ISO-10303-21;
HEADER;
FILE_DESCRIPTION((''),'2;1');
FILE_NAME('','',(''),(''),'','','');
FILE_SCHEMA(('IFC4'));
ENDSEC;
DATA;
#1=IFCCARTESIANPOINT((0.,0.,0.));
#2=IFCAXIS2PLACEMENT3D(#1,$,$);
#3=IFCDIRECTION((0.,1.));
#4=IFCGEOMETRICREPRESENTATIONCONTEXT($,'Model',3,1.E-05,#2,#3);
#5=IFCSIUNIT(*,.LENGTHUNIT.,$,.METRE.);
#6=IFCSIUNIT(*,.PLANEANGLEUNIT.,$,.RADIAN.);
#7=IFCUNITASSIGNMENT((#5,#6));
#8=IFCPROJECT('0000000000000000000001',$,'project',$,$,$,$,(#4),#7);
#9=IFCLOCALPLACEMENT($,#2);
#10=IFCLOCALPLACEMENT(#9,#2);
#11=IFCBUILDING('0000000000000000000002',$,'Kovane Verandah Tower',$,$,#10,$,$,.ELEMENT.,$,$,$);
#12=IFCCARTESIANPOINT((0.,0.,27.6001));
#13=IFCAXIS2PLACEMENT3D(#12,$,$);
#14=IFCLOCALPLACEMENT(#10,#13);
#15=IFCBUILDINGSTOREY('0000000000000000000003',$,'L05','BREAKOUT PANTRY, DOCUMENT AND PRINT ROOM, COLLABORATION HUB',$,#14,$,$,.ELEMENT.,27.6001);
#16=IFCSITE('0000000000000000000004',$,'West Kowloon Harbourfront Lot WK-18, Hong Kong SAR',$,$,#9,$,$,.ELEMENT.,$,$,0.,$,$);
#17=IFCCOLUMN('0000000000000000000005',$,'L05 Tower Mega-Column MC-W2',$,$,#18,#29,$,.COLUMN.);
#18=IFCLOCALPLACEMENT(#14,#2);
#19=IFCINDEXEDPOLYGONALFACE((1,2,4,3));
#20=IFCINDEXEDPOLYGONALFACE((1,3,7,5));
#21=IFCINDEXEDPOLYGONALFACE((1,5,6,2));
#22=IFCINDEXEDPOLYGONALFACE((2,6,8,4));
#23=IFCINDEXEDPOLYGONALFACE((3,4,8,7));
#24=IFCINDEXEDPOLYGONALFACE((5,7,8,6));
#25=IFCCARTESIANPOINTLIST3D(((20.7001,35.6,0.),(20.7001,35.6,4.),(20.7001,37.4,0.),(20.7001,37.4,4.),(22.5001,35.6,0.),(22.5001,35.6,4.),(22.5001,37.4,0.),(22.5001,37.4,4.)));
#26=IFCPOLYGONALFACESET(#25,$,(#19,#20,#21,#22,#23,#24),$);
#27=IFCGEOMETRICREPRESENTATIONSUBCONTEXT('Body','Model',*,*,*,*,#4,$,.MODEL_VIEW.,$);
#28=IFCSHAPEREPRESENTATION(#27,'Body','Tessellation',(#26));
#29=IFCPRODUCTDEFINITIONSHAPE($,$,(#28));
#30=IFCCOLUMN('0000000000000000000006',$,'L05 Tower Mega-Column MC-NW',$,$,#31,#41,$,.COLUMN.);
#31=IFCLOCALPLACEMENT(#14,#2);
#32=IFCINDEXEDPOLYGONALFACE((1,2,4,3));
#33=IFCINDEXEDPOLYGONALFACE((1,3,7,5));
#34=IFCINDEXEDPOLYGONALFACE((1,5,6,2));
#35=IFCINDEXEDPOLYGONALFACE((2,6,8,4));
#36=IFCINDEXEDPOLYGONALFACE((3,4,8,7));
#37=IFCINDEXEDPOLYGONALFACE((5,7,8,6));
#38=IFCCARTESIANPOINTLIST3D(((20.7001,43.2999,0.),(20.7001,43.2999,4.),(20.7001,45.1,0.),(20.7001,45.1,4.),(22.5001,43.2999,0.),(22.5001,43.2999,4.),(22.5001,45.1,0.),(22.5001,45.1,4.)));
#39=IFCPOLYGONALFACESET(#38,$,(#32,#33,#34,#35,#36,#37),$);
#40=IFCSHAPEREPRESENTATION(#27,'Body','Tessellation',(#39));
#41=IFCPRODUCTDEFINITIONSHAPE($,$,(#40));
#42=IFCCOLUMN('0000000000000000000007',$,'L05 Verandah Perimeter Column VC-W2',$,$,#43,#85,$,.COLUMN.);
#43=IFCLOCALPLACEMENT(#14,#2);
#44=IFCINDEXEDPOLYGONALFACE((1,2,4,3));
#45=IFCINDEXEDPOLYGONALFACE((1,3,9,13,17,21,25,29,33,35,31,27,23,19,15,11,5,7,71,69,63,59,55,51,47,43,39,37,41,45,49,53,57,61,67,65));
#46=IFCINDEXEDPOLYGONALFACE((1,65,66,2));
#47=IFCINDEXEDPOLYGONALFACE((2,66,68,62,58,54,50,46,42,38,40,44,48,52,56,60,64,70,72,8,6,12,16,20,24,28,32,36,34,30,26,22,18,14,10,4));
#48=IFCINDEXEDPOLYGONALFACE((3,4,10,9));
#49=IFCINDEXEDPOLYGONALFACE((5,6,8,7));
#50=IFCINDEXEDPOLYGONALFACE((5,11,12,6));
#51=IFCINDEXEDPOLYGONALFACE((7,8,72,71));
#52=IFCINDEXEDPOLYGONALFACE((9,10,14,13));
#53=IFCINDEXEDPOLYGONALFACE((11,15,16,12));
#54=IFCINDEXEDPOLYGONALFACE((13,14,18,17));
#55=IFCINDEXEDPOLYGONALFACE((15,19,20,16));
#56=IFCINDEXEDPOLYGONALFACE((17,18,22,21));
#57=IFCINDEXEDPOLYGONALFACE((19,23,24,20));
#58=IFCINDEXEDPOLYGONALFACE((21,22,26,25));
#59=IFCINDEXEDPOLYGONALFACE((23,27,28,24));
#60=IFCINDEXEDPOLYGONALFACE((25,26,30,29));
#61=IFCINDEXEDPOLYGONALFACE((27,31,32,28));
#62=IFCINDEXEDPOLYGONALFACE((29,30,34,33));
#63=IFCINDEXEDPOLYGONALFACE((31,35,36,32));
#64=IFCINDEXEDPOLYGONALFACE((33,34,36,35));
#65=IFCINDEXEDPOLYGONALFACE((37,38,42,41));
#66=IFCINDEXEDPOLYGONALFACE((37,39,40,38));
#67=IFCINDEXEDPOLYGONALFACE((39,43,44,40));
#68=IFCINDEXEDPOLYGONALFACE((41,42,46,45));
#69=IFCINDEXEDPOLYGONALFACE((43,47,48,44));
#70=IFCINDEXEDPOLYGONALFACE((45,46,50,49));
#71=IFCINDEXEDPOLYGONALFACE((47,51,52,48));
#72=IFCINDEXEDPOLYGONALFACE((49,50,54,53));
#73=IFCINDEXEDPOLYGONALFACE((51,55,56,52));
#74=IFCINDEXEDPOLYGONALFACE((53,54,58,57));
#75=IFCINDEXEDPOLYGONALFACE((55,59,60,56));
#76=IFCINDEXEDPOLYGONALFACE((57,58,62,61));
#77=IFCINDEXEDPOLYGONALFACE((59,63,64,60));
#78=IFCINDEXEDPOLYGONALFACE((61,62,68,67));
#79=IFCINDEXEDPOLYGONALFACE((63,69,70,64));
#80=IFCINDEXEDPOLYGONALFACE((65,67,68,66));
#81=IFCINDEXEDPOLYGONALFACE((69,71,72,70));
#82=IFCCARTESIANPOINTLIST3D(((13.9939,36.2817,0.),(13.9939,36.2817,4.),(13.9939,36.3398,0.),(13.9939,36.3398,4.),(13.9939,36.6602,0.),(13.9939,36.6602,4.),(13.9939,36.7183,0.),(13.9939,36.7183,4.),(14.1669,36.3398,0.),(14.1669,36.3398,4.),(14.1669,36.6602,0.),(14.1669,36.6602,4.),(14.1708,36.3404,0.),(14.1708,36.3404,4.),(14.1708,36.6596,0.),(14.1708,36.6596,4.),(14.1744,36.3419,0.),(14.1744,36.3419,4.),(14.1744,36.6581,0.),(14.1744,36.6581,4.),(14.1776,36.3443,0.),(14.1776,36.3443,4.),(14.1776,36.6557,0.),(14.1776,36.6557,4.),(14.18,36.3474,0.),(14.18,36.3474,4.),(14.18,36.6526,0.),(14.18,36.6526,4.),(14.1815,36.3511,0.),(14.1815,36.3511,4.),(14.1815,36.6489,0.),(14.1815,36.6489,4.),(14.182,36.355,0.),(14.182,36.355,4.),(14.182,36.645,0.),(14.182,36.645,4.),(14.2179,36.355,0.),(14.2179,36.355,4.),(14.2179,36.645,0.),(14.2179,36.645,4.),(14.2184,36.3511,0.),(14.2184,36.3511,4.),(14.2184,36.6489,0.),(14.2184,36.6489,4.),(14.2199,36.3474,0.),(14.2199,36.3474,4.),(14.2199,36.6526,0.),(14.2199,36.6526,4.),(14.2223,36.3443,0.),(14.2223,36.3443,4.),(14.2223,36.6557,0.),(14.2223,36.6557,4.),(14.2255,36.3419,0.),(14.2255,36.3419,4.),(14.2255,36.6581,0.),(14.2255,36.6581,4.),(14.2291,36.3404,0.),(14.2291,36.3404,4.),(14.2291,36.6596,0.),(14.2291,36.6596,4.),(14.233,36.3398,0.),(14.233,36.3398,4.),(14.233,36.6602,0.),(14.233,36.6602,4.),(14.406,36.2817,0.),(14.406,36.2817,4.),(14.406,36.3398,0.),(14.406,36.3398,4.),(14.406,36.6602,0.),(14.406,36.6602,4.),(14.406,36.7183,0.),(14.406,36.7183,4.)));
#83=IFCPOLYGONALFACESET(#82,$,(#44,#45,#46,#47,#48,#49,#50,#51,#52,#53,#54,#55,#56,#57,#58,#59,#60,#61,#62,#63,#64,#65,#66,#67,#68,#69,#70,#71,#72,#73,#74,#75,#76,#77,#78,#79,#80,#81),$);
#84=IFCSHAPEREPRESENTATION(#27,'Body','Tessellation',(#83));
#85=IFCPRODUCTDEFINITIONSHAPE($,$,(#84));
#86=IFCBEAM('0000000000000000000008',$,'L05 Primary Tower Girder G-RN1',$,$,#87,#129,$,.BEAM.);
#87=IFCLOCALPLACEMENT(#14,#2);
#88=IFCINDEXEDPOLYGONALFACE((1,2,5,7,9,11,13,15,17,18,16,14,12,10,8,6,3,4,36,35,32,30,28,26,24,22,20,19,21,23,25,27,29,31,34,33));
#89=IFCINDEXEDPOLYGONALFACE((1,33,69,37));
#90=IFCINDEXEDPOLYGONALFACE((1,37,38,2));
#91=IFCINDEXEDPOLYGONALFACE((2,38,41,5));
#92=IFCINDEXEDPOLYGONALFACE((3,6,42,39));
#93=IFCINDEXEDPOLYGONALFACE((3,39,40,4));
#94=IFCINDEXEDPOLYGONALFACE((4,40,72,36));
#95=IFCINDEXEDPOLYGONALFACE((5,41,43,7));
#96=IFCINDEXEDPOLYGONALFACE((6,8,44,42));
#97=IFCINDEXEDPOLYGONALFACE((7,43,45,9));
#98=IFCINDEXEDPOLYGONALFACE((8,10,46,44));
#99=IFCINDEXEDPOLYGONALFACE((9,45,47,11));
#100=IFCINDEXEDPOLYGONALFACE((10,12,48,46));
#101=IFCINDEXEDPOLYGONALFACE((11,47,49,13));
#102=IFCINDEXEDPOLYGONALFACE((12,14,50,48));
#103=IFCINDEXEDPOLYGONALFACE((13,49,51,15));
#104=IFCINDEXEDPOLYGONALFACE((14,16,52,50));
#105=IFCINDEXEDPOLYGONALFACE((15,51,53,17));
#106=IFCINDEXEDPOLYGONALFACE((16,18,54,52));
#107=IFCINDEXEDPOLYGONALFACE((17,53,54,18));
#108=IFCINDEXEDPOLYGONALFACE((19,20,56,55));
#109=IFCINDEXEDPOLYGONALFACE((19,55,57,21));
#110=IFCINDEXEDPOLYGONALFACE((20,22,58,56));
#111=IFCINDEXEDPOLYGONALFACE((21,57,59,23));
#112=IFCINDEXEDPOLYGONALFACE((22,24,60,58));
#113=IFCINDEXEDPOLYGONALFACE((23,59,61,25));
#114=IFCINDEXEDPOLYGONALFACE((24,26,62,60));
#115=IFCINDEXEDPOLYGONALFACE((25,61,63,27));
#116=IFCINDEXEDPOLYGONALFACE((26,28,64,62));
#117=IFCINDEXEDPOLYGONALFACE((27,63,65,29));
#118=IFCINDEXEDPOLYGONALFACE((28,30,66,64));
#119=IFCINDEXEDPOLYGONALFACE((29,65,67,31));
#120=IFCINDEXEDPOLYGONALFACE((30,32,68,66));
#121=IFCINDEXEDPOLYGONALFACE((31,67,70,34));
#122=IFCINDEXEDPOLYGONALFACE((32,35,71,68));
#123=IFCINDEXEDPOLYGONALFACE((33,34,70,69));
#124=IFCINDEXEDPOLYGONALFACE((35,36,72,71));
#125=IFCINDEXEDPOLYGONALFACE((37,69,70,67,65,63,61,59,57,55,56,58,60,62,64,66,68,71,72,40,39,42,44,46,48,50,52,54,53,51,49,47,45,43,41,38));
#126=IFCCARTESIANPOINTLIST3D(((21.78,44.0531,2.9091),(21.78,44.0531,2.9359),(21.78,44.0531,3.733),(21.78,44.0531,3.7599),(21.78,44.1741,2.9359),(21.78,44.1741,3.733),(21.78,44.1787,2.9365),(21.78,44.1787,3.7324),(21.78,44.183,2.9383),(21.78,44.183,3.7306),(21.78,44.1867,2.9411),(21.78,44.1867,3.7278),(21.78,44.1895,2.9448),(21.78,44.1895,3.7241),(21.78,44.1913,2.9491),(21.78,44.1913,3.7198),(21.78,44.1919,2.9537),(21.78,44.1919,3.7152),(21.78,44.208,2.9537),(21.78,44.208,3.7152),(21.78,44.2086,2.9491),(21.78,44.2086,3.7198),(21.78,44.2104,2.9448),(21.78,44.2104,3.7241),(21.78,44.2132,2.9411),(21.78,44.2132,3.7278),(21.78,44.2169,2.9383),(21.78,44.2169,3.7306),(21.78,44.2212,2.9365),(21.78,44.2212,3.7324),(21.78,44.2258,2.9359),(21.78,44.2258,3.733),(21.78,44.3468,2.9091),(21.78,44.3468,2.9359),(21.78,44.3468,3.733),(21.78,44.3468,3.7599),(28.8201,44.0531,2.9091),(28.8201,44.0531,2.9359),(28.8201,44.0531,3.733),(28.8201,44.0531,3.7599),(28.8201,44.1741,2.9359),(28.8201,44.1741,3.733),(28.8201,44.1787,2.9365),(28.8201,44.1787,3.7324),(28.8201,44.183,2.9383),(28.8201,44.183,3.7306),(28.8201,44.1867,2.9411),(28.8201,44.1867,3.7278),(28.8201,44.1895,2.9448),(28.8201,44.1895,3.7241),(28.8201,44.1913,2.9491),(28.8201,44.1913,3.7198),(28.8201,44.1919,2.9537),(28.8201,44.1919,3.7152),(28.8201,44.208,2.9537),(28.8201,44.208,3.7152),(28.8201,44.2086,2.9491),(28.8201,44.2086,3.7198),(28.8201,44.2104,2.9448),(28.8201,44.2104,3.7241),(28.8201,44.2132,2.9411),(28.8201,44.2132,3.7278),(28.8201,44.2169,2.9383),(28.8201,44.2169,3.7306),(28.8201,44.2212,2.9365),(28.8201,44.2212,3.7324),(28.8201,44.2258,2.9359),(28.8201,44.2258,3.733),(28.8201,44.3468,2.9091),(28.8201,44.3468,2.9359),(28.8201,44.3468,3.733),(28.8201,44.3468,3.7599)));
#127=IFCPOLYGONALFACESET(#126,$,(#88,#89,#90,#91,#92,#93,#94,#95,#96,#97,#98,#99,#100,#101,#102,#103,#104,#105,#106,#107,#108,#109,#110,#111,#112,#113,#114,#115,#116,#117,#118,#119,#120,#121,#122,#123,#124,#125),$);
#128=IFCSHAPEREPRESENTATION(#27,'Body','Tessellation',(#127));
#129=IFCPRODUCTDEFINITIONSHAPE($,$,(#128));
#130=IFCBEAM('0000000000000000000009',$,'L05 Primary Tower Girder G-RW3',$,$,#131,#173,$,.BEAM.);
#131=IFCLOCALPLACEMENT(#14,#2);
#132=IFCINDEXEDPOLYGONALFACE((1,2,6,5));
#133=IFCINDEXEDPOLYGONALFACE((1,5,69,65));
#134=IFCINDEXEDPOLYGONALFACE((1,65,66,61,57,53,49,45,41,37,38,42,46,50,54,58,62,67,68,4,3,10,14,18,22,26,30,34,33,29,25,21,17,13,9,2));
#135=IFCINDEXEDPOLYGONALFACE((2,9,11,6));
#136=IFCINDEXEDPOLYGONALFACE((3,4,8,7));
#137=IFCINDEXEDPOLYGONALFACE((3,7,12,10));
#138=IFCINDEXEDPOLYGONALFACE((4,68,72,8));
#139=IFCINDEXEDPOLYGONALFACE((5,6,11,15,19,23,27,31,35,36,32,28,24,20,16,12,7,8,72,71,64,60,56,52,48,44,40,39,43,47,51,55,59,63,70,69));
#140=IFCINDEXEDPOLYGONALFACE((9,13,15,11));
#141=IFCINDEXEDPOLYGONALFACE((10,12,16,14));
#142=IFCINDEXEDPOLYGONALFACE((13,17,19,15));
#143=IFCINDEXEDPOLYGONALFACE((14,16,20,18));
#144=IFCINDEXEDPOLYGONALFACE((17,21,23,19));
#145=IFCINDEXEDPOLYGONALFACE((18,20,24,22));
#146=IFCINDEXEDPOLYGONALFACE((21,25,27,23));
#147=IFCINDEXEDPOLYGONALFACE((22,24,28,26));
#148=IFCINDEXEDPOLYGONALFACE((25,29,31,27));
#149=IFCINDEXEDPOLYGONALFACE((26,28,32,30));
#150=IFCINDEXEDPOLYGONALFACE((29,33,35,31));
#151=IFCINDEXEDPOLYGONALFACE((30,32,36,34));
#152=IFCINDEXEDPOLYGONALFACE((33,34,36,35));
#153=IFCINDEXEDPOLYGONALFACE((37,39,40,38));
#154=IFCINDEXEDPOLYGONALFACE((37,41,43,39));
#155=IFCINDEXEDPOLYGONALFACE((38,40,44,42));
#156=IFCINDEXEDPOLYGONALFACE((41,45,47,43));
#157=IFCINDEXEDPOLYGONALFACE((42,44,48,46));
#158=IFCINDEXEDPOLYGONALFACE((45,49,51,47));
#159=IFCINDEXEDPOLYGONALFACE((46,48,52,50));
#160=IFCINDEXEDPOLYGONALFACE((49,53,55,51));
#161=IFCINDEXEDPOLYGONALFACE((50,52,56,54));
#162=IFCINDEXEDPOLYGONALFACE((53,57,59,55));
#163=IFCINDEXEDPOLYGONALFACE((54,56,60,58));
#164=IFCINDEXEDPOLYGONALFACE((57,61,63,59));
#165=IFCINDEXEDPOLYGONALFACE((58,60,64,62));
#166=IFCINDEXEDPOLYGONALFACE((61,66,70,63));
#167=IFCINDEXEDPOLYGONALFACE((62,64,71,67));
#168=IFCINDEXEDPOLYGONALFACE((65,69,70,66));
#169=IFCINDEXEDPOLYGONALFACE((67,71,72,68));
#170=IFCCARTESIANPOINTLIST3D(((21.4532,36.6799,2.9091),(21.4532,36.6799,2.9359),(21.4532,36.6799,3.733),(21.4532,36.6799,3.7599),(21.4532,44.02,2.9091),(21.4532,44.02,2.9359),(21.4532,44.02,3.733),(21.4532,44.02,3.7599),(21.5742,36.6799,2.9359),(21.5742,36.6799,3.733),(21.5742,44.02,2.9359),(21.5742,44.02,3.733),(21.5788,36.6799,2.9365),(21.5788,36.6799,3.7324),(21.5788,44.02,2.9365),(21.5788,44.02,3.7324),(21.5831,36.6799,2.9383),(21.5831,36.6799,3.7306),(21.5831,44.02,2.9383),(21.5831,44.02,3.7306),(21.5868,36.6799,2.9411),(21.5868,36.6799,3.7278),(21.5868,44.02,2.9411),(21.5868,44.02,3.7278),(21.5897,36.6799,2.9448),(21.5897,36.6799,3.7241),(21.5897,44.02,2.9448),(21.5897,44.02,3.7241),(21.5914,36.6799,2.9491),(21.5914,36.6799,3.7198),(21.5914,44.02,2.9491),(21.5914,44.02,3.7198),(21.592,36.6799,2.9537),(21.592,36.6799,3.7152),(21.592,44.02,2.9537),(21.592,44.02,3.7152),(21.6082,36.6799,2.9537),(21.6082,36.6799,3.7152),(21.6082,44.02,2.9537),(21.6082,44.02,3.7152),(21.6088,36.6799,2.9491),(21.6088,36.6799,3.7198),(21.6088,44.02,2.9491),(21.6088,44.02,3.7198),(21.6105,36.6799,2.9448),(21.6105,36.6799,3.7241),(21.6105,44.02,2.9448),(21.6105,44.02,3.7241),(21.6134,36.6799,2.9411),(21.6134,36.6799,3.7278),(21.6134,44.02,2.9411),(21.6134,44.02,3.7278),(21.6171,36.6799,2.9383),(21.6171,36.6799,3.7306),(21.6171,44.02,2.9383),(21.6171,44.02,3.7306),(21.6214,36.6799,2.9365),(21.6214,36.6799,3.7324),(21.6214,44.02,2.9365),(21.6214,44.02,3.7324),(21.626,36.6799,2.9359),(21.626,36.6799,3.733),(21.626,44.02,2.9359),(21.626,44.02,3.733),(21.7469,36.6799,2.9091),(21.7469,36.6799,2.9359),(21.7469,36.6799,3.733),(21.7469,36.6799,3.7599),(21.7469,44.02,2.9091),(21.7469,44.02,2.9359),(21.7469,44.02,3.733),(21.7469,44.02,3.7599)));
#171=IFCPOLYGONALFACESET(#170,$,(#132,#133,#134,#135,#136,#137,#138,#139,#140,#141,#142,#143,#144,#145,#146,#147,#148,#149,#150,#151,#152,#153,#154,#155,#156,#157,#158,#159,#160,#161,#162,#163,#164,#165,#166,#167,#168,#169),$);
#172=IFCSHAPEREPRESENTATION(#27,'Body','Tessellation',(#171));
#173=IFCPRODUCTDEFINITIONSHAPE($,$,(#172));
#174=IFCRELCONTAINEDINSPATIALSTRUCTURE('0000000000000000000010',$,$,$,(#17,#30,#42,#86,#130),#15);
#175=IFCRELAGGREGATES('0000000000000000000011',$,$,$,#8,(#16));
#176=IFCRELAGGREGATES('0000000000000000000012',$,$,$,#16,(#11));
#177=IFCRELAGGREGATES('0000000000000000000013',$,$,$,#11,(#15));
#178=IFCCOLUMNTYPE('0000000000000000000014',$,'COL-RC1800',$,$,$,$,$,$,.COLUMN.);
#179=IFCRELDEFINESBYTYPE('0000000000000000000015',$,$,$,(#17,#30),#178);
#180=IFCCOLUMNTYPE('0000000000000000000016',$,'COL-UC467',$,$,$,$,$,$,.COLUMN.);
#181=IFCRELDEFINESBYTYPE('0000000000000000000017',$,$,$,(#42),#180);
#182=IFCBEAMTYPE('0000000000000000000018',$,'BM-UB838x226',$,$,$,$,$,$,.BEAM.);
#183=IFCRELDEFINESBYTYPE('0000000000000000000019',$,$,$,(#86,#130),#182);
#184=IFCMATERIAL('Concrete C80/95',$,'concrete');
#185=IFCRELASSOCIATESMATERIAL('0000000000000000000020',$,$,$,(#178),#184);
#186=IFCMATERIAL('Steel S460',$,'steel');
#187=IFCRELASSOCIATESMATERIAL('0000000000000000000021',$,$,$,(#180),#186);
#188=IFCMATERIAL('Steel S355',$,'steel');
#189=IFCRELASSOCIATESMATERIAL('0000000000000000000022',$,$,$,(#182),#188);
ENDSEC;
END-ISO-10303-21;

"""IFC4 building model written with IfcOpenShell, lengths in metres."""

from ifc_helpers import new_model, si_unit, direction, frame, origin, origin_2d, place, context, subcontext, project, spatial, rectangle, i_section, extrude, material, material_profile, profile_set, type_object, element, save


model = new_model("IFC4")

# Units and contexts
model_context = context("Model", 3, precision=1e-05, world=origin(), true_north=direction((0.0, 1.0)))
body_context = subcontext(model_context, "Body", "Model", "MODEL_VIEW")
ifc_project = project(units=[si_unit("LENGTHUNIT", "METRE"), si_unit("PLANEANGLEUNIT", "RADIAN")], contexts=[model_context])

# Site, building, storey
site_placement = place(None, origin())
site = spatial("IfcSite", under=ifc_project, at=site_placement, Name="West Kowloon Harbourfront Lot WK-18, Hong Kong SAR", CompositionType="ELEMENT", RefElevation=0.0)
building_placement = place(site_placement, origin())
building = spatial("IfcBuilding", under=site, at=building_placement, Name="Kovane Verandah Tower", CompositionType="ELEMENT")
storey_placement = place(building_placement, frame((0.0, 0.0, 27.6001)))
storey = spatial("IfcBuildingStorey", under=building, at=storey_placement, Name="L05", Description="BREAKOUT PANTRY, DOCUMENT AND PRINT ROOM, COLLABORATION HUB", CompositionType="ELEMENT", Elevation=27.6001)

# Columns
ifc_material_1 = material(Name="Concrete C80/95", Category="concrete")
ifc_material_profile_1 = material_profile(ifc_material_1, rectangle(XDim=1.8, YDim=1.8, at=origin_2d()), Name="RC1800x1800")
ifc_profile_set_1 = profile_set([ifc_material_profile_1], Name="Concrete C80/95")
column_type_1 = type_object("IfcColumnType", Name="COL-RC1800", PredefinedType="COLUMN", material=ifc_profile_set_1)
for number, where, z_axis, x_axis, name in (
    (1, (21.6001, 36.5, 0.0), (0.0, 0.0, 1.0), (1.0, 0.0, 0.0), "L05 Tower Mega-Column MC-W2"),
    (2, (21.6001, 44.2, 0.0), (0.0, 0.0, 1.0), (1.0, 0.0, 0.0), "L05 Tower Mega-Column MC-NW"),
):
    element("IfcColumn", number, at=place(storey_placement, frame(where, z_axis=z_axis, x_axis=x_axis)), inside=storey, type_object=column_type_1, Name=name, PredefinedType="COLUMN", context=body_context, shape_type="SweptSolid", body=[
        extrude(rectangle(XDim=1.8, YDim=1.8, at=origin_2d()), origin(), (0.0, 0.0, 1.0), 4.0),
    ])
ifc_material_2 = material(Name="Steel S460", Category="steel")
ifc_material_profile_2 = material_profile(ifc_material_2, i_section(OverallWidth=0.4121, OverallDepth=0.4365, WebThickness=0.0359, FlangeThickness=0.0581, FilletRadius=0.0151, at=origin_2d()), Name="UC356x406x467")
ifc_profile_set_2 = profile_set([ifc_material_profile_2], Name="Steel S460")
column_type_2 = type_object("IfcColumnType", Name="COL-UC467", PredefinedType="COLUMN", material=ifc_profile_set_2)
column_placement = place(storey_placement, frame((14.2, 36.5, 0.0), z_axis=(0.0, 0.0, 1.0), x_axis=(1.0, 0.0, 0.0)))
element("IfcColumn", 3, at=column_placement, inside=storey, type_object=column_type_2, Name="L05 Verandah Perimeter Column VC-W2", PredefinedType="COLUMN", context=body_context, shape_type="SweptSolid", body=[
    extrude(i_section(OverallWidth=0.4121, OverallDepth=0.4365, WebThickness=0.0359, FlangeThickness=0.0581, FilletRadius=0.0151, at=origin_2d()), origin(), (0.0, 0.0, 1.0), 4.0),
])

# Beams
ifc_material_3 = material(Name="Steel S355", Category="steel")
ifc_material_profile_3 = material_profile(ifc_material_3, i_section(OverallWidth=0.2937, OverallDepth=0.8508, WebThickness=0.0161, FlangeThickness=0.0269, FilletRadius=0.0178, at=origin_2d()), Name="UB838x292x226")
ifc_profile_set_3 = profile_set([ifc_material_profile_3], Name="Steel S355")
beam_type_1 = type_object("IfcBeamType", Name="BM-UB838x226", PredefinedType="BEAM", material=ifc_profile_set_3)
beam_1_placement = place(storey_placement, frame((21.78, 44.2, 3.3345), z_axis=(1.0, 0.0, 0.0), x_axis=(0.0, 1.0, 0.0)))
element("IfcBeam", 4, at=beam_1_placement, inside=storey, type_object=beam_type_1, Name="L05 Primary Tower Girder G-RN1", PredefinedType="BEAM", context=body_context, shape_type="SweptSolid", body=[
    extrude(i_section(OverallWidth=0.2937, OverallDepth=0.8508, WebThickness=0.0161, FlangeThickness=0.0269, FilletRadius=0.0178, at=origin_2d()), origin(), (0.0, 0.0, 1.0), 7.04),
])
beam_2_placement = place(storey_placement, frame((21.6001, 36.6799, 3.3345), z_axis=(0.0, 1.0, 0.0), x_axis=(-1.0, 0.0, 0.0)))
element("IfcBeam", 5, at=beam_2_placement, inside=storey, type_object=beam_type_1, Name="L05 Primary Tower Girder G-RW3", PredefinedType="BEAM", context=body_context, shape_type="SweptSolid", body=[
    extrude(i_section(OverallWidth=0.2937, OverallDepth=0.8508, WebThickness=0.0161, FlangeThickness=0.0269, FilletRadius=0.0178, at=origin_2d()), origin(), (0.0, 0.0, 1.0), 7.3401),
])

save(model, "model.ifc")
